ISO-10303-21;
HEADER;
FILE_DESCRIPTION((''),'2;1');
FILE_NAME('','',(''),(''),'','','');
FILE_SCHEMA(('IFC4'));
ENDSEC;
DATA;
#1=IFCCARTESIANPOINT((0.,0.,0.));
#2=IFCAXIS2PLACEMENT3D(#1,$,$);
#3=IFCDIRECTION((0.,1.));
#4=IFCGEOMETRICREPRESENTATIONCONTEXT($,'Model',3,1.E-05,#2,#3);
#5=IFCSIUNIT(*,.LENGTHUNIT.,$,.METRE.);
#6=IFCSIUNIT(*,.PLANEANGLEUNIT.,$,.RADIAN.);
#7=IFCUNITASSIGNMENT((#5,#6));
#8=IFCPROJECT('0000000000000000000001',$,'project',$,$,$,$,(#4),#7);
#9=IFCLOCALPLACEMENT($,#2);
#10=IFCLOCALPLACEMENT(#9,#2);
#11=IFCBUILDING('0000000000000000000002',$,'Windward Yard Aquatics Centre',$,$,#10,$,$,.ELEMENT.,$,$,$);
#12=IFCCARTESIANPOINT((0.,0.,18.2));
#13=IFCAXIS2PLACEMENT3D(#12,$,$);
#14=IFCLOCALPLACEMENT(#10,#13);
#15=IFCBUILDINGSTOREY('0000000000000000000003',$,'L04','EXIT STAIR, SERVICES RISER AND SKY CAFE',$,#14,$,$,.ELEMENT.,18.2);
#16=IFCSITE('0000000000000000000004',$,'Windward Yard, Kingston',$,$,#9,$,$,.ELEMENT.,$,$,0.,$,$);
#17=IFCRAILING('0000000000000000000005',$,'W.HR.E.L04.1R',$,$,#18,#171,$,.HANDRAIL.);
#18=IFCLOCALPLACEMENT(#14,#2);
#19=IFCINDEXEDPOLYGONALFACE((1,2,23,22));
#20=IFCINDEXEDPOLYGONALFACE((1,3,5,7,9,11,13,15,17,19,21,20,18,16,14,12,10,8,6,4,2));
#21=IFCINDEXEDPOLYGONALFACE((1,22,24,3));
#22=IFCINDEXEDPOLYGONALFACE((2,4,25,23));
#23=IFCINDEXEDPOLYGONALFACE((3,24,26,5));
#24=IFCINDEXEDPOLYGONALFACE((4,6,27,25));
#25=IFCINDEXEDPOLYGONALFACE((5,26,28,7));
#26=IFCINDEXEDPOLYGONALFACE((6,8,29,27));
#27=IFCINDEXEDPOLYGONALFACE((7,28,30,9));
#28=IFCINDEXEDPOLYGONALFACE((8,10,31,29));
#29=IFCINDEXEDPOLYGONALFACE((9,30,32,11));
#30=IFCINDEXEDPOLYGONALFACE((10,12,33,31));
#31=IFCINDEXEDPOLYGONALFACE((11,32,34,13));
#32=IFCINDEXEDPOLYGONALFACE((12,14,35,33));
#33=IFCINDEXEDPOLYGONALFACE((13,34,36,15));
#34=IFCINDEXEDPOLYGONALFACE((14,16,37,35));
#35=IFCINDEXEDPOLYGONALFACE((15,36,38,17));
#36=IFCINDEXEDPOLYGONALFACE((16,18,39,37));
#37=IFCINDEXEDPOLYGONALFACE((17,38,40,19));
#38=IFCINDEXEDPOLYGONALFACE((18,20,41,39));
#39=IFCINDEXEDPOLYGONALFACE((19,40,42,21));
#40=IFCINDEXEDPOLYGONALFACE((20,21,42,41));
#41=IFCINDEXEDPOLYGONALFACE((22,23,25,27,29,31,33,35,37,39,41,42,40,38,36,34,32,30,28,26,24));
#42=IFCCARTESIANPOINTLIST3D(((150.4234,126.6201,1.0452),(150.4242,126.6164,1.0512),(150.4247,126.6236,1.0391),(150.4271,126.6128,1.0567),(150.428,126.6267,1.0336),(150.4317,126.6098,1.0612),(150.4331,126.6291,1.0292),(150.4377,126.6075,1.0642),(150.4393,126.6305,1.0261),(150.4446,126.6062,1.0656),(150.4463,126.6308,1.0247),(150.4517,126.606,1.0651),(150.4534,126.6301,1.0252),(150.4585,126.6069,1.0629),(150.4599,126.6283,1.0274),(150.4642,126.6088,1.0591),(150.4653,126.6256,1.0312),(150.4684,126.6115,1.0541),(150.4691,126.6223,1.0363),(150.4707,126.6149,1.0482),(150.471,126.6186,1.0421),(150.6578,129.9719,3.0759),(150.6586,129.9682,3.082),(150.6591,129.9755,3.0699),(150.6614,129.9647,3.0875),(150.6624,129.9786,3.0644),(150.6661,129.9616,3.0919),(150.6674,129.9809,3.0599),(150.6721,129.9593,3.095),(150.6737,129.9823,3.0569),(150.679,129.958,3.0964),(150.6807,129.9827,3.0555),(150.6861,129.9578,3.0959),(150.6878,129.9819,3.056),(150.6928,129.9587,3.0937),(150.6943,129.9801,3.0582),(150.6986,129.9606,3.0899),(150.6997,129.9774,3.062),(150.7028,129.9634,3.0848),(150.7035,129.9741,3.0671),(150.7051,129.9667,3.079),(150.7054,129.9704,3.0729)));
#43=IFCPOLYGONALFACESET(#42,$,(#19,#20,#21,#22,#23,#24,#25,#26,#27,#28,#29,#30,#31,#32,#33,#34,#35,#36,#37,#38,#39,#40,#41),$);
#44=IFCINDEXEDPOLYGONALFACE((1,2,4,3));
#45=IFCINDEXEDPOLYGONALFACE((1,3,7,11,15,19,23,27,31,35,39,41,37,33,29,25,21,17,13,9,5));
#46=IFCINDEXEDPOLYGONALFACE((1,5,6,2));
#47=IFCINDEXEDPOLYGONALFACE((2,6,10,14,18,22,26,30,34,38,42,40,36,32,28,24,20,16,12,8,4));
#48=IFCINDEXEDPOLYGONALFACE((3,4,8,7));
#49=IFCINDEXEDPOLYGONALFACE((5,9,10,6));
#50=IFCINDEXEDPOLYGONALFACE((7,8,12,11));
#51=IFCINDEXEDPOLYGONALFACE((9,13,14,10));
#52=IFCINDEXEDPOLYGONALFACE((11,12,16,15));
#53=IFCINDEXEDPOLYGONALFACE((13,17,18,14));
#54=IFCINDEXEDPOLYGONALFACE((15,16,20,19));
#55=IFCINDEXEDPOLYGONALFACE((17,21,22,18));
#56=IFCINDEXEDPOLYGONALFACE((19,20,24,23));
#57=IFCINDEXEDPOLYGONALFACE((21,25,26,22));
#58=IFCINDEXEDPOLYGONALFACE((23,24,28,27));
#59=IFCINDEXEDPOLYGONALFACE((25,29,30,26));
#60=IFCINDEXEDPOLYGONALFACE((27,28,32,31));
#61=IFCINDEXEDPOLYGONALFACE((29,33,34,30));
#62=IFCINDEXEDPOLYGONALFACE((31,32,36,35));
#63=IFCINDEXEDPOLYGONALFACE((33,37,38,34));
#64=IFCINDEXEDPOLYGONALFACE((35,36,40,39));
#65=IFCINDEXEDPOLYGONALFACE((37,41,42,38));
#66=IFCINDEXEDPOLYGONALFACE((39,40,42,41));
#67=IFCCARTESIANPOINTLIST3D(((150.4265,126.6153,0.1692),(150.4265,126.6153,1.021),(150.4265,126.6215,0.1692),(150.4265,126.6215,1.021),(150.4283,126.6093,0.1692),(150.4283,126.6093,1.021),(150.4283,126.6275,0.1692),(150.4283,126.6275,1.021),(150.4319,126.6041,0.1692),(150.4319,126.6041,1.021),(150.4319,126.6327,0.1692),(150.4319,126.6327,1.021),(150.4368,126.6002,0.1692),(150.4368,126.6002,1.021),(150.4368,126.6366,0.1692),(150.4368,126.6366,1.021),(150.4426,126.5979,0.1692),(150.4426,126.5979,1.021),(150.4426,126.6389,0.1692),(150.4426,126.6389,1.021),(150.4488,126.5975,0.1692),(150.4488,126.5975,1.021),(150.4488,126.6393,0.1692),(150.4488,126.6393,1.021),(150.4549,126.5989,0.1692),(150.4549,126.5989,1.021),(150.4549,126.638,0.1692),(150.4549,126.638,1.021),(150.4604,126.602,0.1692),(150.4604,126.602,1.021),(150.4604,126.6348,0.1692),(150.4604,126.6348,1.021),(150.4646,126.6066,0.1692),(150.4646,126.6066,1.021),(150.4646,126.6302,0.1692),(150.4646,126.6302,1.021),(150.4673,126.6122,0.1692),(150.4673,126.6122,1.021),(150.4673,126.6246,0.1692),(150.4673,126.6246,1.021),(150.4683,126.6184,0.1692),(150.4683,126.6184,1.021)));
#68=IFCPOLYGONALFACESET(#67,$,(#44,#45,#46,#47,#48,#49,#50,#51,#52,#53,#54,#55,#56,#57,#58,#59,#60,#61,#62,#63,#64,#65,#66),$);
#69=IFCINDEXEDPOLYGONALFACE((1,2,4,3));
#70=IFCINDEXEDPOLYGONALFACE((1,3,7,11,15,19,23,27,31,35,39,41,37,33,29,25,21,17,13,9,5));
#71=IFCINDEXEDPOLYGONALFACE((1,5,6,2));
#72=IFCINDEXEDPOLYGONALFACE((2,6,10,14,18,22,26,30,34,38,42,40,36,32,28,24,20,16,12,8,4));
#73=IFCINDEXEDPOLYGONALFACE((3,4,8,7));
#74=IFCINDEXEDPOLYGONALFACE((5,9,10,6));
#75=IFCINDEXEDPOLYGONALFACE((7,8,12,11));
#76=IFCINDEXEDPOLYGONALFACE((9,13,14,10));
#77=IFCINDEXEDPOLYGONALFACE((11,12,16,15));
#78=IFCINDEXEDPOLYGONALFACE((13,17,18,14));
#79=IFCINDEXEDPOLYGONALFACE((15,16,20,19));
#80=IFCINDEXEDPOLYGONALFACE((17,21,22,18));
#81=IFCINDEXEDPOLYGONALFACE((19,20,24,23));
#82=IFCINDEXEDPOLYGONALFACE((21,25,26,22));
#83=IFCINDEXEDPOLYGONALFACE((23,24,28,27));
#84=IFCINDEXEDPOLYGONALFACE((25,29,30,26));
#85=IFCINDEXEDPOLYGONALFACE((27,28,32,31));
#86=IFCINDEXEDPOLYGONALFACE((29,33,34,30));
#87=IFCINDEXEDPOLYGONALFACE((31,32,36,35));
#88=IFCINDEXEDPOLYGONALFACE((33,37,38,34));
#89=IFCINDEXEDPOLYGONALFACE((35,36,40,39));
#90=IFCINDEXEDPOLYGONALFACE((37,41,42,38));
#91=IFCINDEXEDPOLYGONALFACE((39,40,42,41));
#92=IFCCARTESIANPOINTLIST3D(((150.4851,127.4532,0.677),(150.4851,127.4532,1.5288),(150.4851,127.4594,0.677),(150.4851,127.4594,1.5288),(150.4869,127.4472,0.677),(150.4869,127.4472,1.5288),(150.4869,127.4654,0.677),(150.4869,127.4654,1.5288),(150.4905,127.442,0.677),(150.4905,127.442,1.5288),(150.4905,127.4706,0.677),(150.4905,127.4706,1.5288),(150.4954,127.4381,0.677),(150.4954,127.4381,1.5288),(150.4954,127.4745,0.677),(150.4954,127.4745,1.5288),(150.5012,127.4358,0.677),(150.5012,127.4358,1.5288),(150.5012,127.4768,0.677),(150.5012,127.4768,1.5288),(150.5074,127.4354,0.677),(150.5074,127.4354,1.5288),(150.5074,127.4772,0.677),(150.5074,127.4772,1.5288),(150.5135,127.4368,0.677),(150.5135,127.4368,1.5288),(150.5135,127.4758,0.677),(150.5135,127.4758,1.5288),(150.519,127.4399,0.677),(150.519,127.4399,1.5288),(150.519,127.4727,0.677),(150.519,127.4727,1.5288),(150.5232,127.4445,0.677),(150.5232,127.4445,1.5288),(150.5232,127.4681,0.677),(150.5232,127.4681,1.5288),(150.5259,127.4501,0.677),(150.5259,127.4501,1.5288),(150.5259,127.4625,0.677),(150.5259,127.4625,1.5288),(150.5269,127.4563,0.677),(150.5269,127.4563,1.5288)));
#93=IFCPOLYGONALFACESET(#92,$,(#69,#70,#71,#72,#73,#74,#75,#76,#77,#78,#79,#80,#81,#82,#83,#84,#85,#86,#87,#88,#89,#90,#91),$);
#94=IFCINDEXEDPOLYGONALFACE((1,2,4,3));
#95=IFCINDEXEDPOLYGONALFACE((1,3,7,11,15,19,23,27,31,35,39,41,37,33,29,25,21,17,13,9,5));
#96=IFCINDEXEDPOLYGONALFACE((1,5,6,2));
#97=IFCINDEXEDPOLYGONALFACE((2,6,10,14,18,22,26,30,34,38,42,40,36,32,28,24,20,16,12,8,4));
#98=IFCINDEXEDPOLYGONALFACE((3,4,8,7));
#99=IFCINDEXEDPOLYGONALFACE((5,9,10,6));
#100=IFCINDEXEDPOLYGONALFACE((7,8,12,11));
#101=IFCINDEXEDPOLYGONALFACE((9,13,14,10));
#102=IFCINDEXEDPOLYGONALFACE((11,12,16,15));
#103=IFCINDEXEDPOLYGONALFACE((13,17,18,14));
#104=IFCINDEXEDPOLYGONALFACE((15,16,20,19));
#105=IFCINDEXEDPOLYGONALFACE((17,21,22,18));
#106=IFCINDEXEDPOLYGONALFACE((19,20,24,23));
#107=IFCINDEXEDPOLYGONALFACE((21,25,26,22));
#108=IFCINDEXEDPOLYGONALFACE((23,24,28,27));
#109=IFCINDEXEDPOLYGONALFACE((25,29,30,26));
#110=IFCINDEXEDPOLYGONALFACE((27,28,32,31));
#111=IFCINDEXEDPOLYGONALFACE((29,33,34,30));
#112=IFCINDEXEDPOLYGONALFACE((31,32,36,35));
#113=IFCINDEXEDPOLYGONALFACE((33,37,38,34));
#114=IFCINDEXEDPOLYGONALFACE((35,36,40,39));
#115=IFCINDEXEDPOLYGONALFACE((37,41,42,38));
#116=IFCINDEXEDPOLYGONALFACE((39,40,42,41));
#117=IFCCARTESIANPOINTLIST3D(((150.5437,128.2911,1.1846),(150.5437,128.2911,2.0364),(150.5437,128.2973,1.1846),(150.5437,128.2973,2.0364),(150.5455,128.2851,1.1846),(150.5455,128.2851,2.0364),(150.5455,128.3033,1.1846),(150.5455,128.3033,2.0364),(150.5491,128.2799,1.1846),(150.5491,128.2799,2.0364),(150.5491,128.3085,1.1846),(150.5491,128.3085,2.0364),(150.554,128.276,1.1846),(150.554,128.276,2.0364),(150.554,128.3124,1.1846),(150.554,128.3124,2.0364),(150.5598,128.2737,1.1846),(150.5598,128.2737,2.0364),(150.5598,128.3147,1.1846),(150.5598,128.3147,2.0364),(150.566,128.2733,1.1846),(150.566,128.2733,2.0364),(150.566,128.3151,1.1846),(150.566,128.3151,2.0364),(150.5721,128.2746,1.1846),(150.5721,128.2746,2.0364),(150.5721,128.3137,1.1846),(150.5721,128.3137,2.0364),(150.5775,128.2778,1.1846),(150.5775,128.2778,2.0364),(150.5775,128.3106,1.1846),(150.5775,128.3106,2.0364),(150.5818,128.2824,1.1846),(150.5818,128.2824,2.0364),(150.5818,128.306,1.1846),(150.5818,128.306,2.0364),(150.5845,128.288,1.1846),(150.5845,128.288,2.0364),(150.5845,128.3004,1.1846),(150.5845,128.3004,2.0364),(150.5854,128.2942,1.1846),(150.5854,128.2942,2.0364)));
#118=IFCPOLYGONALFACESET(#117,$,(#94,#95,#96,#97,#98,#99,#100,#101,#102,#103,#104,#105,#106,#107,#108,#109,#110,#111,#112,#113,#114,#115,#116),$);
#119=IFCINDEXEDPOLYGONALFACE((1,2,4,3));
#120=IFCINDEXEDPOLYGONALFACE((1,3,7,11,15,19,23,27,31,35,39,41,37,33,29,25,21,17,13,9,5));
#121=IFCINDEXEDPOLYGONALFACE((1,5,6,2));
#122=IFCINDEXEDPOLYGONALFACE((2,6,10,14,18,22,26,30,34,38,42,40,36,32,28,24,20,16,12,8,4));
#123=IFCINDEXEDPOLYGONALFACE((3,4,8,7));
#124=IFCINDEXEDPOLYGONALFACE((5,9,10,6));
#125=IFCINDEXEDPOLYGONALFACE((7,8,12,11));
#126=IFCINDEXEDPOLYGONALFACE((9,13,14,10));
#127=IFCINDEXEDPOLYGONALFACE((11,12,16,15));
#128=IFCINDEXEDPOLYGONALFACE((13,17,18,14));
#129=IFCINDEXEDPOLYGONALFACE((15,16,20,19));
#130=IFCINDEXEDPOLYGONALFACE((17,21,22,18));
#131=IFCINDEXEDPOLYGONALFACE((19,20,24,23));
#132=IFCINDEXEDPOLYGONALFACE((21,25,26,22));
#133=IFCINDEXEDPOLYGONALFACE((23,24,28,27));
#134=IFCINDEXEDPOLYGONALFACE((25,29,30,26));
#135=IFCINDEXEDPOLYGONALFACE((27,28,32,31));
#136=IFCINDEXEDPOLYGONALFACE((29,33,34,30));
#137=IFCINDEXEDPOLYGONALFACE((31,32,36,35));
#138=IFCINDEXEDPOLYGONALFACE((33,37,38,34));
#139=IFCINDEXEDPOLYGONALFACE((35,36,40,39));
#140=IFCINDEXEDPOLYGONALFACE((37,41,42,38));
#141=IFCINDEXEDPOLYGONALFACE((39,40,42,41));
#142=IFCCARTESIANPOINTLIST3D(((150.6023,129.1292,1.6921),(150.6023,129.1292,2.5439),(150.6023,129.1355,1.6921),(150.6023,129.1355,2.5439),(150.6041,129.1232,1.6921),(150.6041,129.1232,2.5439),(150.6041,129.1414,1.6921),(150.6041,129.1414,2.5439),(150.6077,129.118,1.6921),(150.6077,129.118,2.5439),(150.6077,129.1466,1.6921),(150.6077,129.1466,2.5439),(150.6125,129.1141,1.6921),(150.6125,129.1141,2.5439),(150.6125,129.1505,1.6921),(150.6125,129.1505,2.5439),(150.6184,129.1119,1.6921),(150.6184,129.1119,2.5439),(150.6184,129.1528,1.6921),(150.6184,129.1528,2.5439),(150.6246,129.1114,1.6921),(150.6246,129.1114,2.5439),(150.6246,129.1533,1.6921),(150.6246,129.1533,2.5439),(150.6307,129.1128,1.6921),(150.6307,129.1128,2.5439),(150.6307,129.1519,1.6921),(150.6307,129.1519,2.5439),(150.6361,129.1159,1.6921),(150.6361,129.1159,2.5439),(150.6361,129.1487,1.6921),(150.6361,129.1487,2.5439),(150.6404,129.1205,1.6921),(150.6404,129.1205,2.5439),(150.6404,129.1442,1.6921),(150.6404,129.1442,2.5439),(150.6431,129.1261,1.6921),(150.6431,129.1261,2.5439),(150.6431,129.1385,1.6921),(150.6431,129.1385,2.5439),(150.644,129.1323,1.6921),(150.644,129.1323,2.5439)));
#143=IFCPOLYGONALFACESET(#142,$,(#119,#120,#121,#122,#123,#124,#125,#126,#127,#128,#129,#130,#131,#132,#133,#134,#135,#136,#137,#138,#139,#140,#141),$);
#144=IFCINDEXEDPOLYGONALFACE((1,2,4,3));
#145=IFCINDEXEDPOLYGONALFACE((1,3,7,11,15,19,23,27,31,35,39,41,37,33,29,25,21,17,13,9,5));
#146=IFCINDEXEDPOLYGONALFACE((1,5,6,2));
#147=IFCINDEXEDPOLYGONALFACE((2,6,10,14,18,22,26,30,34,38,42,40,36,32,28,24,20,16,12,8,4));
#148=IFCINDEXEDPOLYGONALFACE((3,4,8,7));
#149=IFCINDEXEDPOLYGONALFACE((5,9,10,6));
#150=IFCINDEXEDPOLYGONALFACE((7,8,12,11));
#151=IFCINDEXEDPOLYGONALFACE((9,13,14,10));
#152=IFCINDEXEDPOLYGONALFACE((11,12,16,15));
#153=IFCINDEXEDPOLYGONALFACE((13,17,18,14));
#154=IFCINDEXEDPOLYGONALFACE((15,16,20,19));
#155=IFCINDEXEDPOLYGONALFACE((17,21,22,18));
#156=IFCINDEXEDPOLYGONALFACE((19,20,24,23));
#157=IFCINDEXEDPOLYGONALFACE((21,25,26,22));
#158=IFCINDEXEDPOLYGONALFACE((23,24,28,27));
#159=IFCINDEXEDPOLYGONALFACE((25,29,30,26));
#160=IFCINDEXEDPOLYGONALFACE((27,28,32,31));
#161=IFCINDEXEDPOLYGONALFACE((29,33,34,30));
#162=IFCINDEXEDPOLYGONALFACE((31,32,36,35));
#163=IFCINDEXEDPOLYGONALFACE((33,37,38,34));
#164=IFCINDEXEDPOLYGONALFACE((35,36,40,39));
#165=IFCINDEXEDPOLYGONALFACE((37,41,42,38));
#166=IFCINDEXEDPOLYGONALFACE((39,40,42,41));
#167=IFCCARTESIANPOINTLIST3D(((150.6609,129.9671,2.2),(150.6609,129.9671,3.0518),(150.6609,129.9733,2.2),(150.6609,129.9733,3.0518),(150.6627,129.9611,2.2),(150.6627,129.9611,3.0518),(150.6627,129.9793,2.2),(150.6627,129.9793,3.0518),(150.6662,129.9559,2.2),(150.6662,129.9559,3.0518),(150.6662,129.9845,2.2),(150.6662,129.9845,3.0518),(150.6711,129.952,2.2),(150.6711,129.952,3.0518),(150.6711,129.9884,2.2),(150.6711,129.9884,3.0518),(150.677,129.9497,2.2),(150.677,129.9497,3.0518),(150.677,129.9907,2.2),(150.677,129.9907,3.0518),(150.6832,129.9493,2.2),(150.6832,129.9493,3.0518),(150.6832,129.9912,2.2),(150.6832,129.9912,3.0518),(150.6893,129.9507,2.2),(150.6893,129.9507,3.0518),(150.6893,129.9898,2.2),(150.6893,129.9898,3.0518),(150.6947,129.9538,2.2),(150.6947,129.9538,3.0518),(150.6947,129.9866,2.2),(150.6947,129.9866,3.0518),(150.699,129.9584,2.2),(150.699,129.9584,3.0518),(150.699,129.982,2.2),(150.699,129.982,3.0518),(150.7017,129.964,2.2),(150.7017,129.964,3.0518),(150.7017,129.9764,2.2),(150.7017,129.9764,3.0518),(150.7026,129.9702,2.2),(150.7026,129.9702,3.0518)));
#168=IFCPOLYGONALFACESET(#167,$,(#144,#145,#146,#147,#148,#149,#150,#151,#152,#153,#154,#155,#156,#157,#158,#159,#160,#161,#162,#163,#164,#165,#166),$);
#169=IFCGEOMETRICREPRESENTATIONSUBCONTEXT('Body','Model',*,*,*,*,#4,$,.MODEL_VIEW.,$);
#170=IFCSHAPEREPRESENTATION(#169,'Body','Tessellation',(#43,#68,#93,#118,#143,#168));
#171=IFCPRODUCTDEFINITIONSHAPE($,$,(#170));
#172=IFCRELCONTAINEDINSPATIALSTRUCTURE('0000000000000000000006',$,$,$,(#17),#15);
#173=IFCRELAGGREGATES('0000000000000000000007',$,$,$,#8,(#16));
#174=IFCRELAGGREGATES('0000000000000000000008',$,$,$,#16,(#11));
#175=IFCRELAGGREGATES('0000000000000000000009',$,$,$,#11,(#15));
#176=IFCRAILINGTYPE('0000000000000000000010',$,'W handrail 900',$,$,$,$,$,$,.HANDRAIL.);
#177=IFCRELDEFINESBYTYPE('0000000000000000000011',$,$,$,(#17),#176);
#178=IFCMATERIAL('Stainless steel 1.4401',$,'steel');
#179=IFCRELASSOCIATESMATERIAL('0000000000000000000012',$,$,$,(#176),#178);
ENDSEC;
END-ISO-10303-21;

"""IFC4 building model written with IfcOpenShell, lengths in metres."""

from ifc_helpers import new_model, si_unit, direction, frame, origin, origin_2d, place, context, subcontext, project, spatial, circle, extrude, material, type_object, element, save


model = new_model("IFC4")

# Units and contexts
model_context = context("Model", 3, precision=1e-05, world=origin(), true_north=direction((0.0, 1.0)))
body_context = subcontext(model_context, "Body", "Model", "MODEL_VIEW")
ifc_project = project(units=[si_unit("LENGTHUNIT", "METRE"), si_unit("PLANEANGLEUNIT", "RADIAN")], contexts=[model_context])

# Site, building, storey
site_placement = place(None, origin())
site = spatial("IfcSite", under=ifc_project, at=site_placement, Name="Windward Yard, Kingston", CompositionType="ELEMENT", RefElevation=0.0)
building_placement = place(site_placement, origin())
building = spatial("IfcBuilding", under=site, at=building_placement, Name="Windward Yard Aquatics Centre", CompositionType="ELEMENT")
storey_placement = place(building_placement, frame((0.0, 0.0, 18.2)))
storey = spatial("IfcBuildingStorey", under=building, at=storey_placement, Name="L04", Description="EXIT STAIR, SERVICES RISER AND SKY CAFE", CompositionType="ELEMENT", Elevation=18.2)

# Railing
ifc_material_1 = material(Name="Stainless steel 1.4401", Category="steel")
railing_type_1 = type_object("IfcRailingType", Name="W handrail 900", PredefinedType="HANDRAIL", material=ifc_material_1)
for number, where, name in (
    (1, (150.4473, 126.6184, 0.1692), "W.HR.E.L04.1R"),
):
    element("IfcRailing", number, at=place(storey_placement, frame(where)), inside=storey, type_object=railing_type_1, Name=name, PredefinedType="HANDRAIL", context=body_context, shape_type="SweptSolid", body=[
        extrude(circle(Radius=0.0239, at=origin_2d()), frame((0.0, 0.0, 0.876), z_axis=(0.059698, 0.853744, 0.517259), x_axis=(-0.997564, 0.069755, 0.0)), (0.0, 0.0, 1.0), 3.926),
        extrude(circle(Radius=0.021, at=origin_2d()), origin(), (0.0, 0.0, 1.0), 0.8518),
        extrude(circle(Radius=0.021, at=origin_2d()), frame((0.0586, 0.8379, 0.5078)), (0.0, 0.0, 1.0), 0.8518),
        extrude(circle(Radius=0.021, at=origin_2d()), frame((0.1172, 1.6758, 1.0154)), (0.0, 0.0, 1.0), 0.8518),
        extrude(circle(Radius=0.021, at=origin_2d()), frame((0.1758, 2.5139, 1.5229)), (0.0, 0.0, 1.0), 0.8518),
        extrude(circle(Radius=0.021, at=origin_2d()), frame((0.2344, 3.3518, 2.0308)), (0.0, 0.0, 1.0), 0.8518),
    ])

save(model, "model.ifc")
